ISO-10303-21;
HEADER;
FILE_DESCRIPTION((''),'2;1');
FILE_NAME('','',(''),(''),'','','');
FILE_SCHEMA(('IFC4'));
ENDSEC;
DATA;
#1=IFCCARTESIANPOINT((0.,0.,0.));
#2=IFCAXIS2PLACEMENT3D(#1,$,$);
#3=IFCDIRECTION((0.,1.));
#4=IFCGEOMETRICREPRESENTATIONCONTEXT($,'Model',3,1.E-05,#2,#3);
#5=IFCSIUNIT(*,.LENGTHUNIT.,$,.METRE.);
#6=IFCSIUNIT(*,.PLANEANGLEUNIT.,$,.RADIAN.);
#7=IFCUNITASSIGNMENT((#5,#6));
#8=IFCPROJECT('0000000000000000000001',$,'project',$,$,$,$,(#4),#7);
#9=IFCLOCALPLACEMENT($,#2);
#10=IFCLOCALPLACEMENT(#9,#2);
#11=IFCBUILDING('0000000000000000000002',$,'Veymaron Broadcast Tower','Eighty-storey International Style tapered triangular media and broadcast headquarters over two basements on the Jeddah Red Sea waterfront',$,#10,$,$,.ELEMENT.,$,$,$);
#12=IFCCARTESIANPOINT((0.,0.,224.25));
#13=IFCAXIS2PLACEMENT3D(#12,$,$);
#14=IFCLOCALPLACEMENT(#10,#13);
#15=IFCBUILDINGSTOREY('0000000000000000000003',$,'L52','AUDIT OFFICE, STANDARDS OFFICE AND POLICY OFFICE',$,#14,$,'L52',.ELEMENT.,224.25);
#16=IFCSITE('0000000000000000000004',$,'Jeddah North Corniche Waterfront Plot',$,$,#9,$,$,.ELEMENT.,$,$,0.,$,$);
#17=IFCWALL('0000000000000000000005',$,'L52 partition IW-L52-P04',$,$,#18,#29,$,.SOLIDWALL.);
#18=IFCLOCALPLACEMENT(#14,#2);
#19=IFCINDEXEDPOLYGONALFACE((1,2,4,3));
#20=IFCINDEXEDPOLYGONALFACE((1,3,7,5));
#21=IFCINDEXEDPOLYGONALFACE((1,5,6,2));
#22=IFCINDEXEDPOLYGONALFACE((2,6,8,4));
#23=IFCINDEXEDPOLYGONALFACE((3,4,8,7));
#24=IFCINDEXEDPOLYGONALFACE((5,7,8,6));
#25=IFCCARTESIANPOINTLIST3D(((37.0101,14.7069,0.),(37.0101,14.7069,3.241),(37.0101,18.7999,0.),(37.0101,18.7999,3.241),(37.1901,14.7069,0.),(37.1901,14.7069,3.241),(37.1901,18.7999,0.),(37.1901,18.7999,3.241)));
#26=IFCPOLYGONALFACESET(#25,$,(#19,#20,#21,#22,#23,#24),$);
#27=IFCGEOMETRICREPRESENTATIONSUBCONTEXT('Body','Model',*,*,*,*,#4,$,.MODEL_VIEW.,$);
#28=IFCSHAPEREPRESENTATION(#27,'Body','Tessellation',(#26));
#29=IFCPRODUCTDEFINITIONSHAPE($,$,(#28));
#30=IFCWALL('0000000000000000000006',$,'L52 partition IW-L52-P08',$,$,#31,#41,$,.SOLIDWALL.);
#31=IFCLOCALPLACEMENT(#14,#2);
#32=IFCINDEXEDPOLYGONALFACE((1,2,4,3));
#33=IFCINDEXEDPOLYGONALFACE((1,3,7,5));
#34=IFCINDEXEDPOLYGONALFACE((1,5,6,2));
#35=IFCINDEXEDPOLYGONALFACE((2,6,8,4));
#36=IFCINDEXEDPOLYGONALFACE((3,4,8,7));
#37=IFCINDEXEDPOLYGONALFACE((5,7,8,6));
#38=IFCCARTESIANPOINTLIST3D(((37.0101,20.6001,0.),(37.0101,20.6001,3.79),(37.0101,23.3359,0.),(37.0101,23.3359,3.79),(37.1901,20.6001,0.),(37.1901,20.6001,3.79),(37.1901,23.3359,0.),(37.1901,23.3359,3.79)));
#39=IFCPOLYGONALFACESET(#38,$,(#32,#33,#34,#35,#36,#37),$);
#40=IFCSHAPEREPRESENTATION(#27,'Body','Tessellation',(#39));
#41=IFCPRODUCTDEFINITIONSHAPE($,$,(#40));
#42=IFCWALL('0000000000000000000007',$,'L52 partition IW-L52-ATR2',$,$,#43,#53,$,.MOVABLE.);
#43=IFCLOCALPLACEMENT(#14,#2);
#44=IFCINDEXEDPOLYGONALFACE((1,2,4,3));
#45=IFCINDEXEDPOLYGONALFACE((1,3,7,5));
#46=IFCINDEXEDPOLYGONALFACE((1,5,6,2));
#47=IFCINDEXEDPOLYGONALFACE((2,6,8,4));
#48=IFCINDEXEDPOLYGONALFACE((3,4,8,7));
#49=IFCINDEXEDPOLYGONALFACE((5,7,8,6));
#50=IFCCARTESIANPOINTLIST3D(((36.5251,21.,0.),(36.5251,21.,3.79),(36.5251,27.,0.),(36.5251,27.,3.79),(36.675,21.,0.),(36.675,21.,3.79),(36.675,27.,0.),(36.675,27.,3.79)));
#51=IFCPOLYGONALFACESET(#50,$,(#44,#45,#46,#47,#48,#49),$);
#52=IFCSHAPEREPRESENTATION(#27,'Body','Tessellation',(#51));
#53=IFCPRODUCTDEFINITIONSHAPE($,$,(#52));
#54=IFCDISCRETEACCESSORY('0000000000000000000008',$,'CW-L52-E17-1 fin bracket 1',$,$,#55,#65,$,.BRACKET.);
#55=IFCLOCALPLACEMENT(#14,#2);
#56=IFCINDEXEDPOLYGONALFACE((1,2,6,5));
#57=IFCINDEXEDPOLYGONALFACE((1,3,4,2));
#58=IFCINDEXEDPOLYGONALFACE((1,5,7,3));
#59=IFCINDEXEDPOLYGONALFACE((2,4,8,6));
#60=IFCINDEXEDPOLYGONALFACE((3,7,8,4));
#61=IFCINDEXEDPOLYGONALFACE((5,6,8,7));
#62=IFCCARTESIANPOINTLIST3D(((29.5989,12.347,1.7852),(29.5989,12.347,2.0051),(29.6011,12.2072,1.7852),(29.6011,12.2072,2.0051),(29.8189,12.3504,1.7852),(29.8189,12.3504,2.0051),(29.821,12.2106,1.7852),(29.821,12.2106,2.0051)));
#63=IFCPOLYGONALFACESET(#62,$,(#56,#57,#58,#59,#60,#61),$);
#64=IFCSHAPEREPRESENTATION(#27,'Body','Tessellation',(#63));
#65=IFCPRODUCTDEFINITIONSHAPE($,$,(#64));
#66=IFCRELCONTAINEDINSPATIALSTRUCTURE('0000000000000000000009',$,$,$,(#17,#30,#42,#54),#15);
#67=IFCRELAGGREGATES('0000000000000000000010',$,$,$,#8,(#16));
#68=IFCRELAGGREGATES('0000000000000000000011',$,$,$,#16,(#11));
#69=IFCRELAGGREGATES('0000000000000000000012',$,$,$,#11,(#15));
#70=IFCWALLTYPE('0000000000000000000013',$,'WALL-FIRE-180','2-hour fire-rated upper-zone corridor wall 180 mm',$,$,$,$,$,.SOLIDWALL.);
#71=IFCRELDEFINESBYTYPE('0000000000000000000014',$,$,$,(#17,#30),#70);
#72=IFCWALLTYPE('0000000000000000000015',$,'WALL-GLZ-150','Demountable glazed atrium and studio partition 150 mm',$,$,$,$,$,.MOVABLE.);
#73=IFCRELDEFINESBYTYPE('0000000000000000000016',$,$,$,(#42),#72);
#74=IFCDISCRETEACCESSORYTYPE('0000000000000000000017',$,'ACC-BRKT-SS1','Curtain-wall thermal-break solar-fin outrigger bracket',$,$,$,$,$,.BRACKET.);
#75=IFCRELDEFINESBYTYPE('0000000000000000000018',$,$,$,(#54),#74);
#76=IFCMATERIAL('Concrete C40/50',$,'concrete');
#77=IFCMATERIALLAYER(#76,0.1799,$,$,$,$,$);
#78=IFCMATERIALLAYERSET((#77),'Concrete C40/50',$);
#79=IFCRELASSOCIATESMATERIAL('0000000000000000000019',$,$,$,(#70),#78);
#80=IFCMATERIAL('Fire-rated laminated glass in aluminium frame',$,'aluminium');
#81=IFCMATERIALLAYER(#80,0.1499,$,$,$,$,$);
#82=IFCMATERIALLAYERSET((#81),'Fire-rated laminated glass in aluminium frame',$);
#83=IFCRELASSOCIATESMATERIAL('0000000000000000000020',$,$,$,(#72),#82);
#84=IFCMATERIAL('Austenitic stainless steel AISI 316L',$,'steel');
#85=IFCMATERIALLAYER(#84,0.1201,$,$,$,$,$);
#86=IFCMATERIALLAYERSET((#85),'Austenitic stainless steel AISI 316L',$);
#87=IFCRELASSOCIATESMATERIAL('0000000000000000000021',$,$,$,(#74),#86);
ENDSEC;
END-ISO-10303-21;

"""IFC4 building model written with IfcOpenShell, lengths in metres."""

from ifc_helpers import new_model, si_unit, direction, frame, frame_2d, origin, origin_2d, place, context, subcontext, project, spatial, rectangle, extrude, material, layer, layer_set, type_object, element, save


model = new_model("IFC4")

# Units and contexts
model_context = context("Model", 3, precision=1e-05, world=origin(), true_north=direction((0.0, 1.0)))
body_context = subcontext(model_context, "Body", "Model", "MODEL_VIEW")
ifc_project = project(units=[si_unit("LENGTHUNIT", "METRE"), si_unit("PLANEANGLEUNIT", "RADIAN")], contexts=[model_context])

# Site, building, storey
site_placement = place(None, origin())
site = spatial("IfcSite", under=ifc_project, at=site_placement, Name="Jeddah North Corniche Waterfront Plot", CompositionType="ELEMENT", RefElevation=0.0)
building_placement = place(site_placement, origin())
building = spatial("IfcBuilding", under=site, at=building_placement, Name="Veymaron Broadcast Tower", Description="Eighty-storey International Style tapered triangular media and broadcast headquarters over two basements on the Jeddah Red Sea waterfront", CompositionType="ELEMENT")
storey_placement = place(building_placement, frame((0.0, 0.0, 224.25)))
storey = spatial("IfcBuildingStorey", under=building, at=storey_placement, Name="L52", Description="AUDIT OFFICE, STANDARDS OFFICE AND POLICY OFFICE", LongName="L52", CompositionType="ELEMENT", Elevation=224.25)

# Shared definitions
ifc_material_1 = material(Name="Concrete C40/50", Category="concrete")
ifc_layer_1 = layer(ifc_material_1, 0.1799)
ifc_layer_set_1 = layer_set([ifc_layer_1], Name="Concrete C40/50")
wall_type_1 = type_object("IfcWallType", Name="WALL-FIRE-180", Description="2-hour fire-rated upper-zone corridor wall 180 mm", PredefinedType="SOLIDWALL", material=ifc_layer_set_1)

# Walls
wall_1_placement = place(storey_placement, frame((37.1001, 14.707, 0.0), z_axis=(0.0, 0.0, 1.0), x_axis=(0.0, 1.0, 0.0)))
element("IfcWall", 1, at=wall_1_placement, inside=storey, type_object=wall_type_1, Name="L52 partition IW-L52-P04", PredefinedType="SOLIDWALL", context=body_context, shape_type="SweptSolid", body=[
    extrude(rectangle(XDim=4.093, YDim=0.1799, at=frame_2d((2.0464, 0.0))), origin(), (0.0, 0.0, 1.0), 3.241),
])
wall_2_placement = place(storey_placement, frame((37.1001, 20.6001, 0.0), z_axis=(0.0, 0.0, 1.0), x_axis=(0.0, 1.0, 0.0)))
element("IfcWall", 2, at=wall_2_placement, inside=storey, type_object=wall_type_1, Name="L52 partition IW-L52-P08", PredefinedType="SOLIDWALL", context=body_context, shape_type="SweptSolid", body=[
    extrude(rectangle(XDim=2.7358, YDim=0.1799, at=frame_2d((1.3679, 0.0))), origin(), (0.0, 0.0, 1.0), 3.79),
])
ifc_material_2 = material(Name="Fire-rated laminated glass in aluminium frame", Category="aluminium")
ifc_layer_2 = layer(ifc_material_2, 0.1499)
ifc_layer_set_2 = layer_set([ifc_layer_2], Name="Fire-rated laminated glass in aluminium frame")
wall_type_2 = type_object("IfcWallType", Name="WALL-GLZ-150", Description="Demountable glazed atrium and studio partition 150 mm", PredefinedType="MOVABLE", material=ifc_layer_set_2)
wall_3_placement = place(storey_placement, frame((36.6001, 21.0, 0.0), z_axis=(0.0, 0.0, 1.0), x_axis=(0.0, 1.0, 0.0)))
element("IfcWall", 3, at=wall_3_placement, inside=storey, type_object=wall_type_2, Name="L52 partition IW-L52-ATR2", PredefinedType="MOVABLE", context=body_context, shape_type="SweptSolid", body=[
    extrude(rectangle(XDim=6.0, YDim=0.1499, at=frame_2d((3.0, 0.0))), origin(), (0.0, 0.0, 1.0), 3.79),
])

# Discrete accessory
ifc_material_3 = material(Name="Austenitic stainless steel AISI 316L", Category="steel")
ifc_layer_3 = layer(ifc_material_3, 0.1201)
ifc_layer_set_3 = layer_set([ifc_layer_3], Name="Austenitic stainless steel AISI 316L")
discrete_accessory_type = type_object("IfcDiscreteAccessoryType", Name="ACC-BRKT-SS1", Description="Curtain-wall thermal-break solar-fin outrigger bracket", PredefinedType="BRACKET", material=ifc_layer_set_3)
discrete_accessory_placement = place(storey_placement, frame((29.71, 12.2788, 1.7852), z_axis=(0.0, 0.0, 1.0), x_axis=(-0.99988, -0.01548, 0.0)))
element("IfcDiscreteAccessory", 4, at=discrete_accessory_placement, inside=storey, type_object=discrete_accessory_type, Name="CW-L52-E17-1 fin bracket 1", PredefinedType="BRACKET", context=body_context, shape_type="SweptSolid", body=[
    extrude(rectangle(XDim=0.22, YDim=0.1399, at=origin_2d()), origin(), (0.0, 0.0, 1.0), 0.22),
])

save(model, "model.ifc")
